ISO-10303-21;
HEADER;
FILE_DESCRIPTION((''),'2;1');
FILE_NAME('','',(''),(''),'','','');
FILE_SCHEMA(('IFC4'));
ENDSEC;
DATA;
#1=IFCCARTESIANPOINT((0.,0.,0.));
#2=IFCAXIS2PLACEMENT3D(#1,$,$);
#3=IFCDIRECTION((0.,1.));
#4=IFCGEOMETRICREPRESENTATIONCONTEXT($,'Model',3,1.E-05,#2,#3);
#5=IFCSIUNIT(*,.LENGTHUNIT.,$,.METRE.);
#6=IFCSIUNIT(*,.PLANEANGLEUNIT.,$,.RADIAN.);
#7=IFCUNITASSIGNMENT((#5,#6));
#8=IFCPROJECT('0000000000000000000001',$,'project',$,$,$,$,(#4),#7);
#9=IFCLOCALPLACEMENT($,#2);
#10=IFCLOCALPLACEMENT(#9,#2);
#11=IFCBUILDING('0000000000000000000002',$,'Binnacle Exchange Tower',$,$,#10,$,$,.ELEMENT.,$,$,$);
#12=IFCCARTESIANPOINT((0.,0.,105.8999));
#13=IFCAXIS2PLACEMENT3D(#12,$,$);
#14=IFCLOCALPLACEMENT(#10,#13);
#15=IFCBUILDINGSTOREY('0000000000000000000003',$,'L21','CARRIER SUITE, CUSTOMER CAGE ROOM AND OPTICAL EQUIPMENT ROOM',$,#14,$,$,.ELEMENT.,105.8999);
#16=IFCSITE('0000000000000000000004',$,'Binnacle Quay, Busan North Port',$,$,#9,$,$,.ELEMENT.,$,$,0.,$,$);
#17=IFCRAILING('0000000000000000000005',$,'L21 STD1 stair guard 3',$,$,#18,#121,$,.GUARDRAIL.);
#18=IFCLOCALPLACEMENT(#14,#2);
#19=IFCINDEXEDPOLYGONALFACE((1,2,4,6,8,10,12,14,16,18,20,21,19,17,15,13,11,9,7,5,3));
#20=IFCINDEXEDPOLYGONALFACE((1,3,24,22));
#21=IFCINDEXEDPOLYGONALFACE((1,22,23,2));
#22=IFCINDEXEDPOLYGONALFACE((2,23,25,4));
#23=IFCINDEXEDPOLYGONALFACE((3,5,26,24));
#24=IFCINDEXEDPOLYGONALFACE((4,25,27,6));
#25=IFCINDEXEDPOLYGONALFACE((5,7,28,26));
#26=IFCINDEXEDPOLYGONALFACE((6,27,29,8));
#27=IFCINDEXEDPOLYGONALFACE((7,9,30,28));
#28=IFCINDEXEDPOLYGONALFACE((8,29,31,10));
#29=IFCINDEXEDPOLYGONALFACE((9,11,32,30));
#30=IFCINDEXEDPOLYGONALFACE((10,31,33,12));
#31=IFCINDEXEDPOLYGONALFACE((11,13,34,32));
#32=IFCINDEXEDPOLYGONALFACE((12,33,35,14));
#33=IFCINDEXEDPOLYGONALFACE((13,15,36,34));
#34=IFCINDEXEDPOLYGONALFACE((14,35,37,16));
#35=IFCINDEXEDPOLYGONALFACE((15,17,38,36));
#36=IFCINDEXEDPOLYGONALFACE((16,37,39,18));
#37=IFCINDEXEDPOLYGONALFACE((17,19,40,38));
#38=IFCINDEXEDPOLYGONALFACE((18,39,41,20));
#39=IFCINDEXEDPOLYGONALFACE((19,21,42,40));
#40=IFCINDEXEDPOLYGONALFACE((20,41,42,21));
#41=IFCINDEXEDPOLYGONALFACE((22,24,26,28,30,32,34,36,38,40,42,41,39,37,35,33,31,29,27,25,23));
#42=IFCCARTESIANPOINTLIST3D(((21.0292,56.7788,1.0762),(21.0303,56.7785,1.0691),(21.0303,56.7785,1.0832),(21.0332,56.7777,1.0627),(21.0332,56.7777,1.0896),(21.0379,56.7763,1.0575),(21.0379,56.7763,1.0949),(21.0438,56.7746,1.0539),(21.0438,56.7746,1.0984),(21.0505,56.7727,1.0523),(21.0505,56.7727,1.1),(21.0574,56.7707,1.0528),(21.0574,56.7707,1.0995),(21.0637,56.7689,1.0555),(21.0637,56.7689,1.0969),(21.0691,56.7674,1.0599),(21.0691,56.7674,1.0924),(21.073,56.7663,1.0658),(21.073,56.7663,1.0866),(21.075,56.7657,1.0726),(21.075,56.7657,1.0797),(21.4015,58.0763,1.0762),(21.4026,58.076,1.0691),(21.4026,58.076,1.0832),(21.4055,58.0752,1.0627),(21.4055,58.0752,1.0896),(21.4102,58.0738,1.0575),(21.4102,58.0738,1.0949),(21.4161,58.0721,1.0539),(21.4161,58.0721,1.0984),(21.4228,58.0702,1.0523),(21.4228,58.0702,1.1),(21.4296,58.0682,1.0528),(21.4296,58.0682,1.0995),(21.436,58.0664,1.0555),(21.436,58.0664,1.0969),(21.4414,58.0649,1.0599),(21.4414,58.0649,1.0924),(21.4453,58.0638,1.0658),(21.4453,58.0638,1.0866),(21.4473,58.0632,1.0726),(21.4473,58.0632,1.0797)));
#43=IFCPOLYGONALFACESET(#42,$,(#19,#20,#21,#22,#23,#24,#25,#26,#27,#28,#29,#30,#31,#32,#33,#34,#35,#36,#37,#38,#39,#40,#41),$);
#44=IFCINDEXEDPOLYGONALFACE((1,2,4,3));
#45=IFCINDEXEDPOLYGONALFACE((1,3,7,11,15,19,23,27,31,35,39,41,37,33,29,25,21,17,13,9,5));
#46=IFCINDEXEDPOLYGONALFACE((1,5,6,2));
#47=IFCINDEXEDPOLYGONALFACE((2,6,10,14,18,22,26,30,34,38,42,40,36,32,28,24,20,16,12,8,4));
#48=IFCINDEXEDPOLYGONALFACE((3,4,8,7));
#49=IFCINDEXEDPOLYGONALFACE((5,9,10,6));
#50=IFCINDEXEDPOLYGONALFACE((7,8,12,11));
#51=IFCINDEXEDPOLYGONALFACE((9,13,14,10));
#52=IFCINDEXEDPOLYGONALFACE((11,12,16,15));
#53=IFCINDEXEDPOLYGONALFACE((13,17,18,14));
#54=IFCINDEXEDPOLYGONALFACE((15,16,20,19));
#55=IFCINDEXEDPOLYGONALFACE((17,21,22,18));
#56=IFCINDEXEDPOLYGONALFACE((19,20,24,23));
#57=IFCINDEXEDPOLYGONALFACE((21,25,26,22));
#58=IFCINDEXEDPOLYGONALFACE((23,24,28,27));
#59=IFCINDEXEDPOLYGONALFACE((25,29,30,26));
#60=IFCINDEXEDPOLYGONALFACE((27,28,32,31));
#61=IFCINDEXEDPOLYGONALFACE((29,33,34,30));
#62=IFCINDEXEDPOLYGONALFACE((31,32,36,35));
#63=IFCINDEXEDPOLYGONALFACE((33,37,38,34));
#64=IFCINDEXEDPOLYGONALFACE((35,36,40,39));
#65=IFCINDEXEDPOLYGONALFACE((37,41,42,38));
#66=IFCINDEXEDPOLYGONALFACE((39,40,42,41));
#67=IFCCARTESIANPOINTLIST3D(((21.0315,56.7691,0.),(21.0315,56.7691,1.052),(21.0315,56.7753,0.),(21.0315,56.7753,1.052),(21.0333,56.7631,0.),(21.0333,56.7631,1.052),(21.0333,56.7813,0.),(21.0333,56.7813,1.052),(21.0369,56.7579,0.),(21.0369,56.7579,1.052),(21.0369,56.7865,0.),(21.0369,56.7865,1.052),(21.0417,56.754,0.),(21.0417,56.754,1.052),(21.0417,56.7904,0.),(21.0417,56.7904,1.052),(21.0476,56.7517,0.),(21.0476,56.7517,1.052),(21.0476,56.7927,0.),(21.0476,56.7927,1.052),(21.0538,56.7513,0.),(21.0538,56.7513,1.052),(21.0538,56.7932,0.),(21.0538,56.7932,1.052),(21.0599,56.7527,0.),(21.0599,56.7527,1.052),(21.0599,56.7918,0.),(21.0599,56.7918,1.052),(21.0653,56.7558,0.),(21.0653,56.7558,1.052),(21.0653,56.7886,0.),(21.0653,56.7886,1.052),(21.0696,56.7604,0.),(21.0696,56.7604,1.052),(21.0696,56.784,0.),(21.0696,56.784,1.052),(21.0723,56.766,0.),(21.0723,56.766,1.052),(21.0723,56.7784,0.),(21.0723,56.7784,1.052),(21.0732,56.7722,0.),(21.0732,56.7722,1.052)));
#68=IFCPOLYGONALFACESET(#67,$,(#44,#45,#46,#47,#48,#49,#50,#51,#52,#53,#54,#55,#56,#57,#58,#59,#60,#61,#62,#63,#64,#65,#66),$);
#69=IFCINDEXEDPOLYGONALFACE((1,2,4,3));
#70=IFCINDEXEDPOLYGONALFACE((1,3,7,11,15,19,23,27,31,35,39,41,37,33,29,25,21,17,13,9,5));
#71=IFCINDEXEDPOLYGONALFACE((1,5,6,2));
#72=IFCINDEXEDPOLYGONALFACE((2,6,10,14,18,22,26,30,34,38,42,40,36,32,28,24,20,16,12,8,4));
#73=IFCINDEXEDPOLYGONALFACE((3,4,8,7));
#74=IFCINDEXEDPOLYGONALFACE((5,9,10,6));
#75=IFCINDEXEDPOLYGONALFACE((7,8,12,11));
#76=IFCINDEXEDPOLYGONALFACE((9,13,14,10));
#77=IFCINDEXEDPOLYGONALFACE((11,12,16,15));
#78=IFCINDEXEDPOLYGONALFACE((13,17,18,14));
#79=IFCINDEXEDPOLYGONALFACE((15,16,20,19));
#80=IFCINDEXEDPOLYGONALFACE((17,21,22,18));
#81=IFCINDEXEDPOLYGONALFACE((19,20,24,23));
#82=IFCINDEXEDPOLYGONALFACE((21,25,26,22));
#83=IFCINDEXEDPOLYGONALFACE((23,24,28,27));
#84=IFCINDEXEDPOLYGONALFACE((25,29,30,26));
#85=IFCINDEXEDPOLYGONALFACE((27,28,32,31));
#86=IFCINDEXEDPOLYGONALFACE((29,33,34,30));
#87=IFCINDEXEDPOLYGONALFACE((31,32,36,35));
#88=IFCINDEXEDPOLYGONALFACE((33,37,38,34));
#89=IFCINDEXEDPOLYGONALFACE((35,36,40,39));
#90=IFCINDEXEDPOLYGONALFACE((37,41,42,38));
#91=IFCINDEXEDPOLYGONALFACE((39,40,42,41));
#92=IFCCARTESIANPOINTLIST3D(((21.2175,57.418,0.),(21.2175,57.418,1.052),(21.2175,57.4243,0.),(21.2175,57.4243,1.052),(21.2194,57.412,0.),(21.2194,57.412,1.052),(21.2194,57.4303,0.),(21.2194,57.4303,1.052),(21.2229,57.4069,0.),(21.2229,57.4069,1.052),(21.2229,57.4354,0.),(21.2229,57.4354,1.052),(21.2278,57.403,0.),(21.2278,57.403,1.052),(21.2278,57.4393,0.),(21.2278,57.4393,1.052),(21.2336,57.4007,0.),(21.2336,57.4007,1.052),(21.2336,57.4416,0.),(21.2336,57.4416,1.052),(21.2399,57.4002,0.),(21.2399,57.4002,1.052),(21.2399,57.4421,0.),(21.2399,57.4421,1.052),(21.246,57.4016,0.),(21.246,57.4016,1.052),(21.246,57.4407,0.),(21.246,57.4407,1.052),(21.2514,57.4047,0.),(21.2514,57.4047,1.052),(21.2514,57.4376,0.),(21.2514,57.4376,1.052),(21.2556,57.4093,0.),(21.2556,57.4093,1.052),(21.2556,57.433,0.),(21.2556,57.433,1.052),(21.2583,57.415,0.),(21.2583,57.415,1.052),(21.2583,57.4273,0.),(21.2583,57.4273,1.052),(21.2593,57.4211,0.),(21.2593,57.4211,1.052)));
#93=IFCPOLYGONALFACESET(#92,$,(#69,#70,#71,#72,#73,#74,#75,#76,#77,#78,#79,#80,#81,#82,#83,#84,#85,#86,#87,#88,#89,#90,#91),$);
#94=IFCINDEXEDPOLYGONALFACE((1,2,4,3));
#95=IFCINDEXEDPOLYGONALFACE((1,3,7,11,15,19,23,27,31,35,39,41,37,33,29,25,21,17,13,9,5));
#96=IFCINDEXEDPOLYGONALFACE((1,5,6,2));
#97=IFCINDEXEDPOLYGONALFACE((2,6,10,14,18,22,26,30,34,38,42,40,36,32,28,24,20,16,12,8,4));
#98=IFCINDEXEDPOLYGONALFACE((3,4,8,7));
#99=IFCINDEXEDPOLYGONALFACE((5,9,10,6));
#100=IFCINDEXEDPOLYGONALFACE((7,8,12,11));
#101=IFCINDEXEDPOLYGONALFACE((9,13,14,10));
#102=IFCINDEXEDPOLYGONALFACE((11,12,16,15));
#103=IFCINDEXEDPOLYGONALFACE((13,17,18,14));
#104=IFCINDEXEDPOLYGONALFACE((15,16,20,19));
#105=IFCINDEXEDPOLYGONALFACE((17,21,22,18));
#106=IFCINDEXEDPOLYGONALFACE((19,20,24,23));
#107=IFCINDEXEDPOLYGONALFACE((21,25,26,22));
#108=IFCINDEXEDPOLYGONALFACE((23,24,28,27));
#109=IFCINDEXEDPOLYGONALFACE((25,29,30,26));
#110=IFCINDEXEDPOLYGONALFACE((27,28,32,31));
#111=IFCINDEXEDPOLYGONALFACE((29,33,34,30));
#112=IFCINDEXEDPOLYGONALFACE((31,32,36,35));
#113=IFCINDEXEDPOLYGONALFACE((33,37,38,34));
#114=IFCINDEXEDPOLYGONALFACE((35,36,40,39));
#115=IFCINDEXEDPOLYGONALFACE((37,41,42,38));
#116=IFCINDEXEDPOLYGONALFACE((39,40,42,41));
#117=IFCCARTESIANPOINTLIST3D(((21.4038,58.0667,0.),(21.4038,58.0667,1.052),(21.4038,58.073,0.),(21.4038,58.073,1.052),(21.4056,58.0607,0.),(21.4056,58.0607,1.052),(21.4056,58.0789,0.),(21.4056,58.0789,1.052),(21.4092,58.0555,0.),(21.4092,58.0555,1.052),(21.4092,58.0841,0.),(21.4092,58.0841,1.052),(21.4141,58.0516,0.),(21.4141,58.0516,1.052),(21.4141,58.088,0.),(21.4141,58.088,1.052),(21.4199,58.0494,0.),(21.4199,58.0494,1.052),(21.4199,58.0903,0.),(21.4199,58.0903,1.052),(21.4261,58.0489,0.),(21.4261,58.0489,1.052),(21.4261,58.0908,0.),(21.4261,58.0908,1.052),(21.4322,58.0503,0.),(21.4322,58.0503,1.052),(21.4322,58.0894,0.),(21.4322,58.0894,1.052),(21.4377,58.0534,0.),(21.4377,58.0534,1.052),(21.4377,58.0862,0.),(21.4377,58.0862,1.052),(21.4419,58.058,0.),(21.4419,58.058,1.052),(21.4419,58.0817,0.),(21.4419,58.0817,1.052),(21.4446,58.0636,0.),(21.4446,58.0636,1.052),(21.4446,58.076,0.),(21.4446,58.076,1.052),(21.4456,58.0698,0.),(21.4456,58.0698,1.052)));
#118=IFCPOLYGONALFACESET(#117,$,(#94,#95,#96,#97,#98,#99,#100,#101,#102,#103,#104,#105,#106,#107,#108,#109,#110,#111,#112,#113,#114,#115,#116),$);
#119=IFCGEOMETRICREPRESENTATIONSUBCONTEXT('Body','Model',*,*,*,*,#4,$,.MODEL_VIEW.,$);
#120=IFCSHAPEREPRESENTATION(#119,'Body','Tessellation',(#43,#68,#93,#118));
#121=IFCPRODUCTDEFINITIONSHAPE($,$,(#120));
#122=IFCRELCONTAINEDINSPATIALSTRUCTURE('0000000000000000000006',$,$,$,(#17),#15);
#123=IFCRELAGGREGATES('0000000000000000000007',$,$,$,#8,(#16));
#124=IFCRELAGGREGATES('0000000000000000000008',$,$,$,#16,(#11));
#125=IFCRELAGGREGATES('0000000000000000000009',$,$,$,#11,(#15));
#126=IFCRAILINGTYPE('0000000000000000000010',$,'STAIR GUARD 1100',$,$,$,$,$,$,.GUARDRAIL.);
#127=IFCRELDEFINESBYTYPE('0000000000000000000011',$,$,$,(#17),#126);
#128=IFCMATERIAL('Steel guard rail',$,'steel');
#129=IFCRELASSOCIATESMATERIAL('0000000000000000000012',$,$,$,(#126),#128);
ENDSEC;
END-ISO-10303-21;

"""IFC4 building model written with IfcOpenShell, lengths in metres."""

from ifc_helpers import new_model, si_unit, direction, frame, origin, origin_2d, place, context, subcontext, project, spatial, circle, extrude, material, type_object, element, save


model = new_model("IFC4")

# Units and contexts
model_context = context("Model", 3, precision=1e-05, world=origin(), true_north=direction((0.0, 1.0)))
body_context = subcontext(model_context, "Body", "Model", "MODEL_VIEW")
ifc_project = project(units=[si_unit("LENGTHUNIT", "METRE"), si_unit("PLANEANGLEUNIT", "RADIAN")], contexts=[model_context])

# Site, building, storey
site_placement = place(None, origin())
site = spatial("IfcSite", under=ifc_project, at=site_placement, Name="Binnacle Quay, Busan North Port", CompositionType="ELEMENT", RefElevation=0.0)
building_placement = place(site_placement, origin())
building = spatial("IfcBuilding", under=site, at=building_placement, Name="Binnacle Exchange Tower", CompositionType="ELEMENT")
storey_placement = place(building_placement, frame((0.0, 0.0, 105.8999)))
storey = spatial("IfcBuildingStorey", under=building, at=storey_placement, Name="L21", Description="CARRIER SUITE, CUSTOMER CAGE ROOM AND OPTICAL EQUIPMENT ROOM", CompositionType="ELEMENT", Elevation=105.8999)

# Railing
ifc_material_1 = material(Name="Steel guard rail", Category="steel")
railing_type_1 = type_object("IfcRailingType", Name="STAIR GUARD 1100", PredefinedType="GUARDRAIL", material=ifc_material_1)
railing_1_placement = place(storey_placement, frame((21.0522, 56.7722, 0.0)))
element("IfcRailing", 1, at=railing_1_placement, inside=storey, type_object=railing_type_1, Name="L21 STD1 stair guard 3", PredefinedType="GUARDRAIL", context=body_context, shape_type="SweptSolid", body=[
    extrude(circle(Radius=0.0239, at=origin_2d()), frame((0.0, 0.0, 1.0762), z_axis=(0.275796, 0.961216, 0.0), x_axis=(-0.961216, 0.275796, 0.0)), (0.0, 0.0, 1.0), 1.3499),
    extrude(circle(Radius=0.021, at=origin_2d()), origin(), (0.0, 0.0, 1.0), 1.052),
    extrude(circle(Radius=0.021, at=origin_2d()), frame((0.186, 0.6489, 0.0)), (0.0, 0.0, 1.0), 1.052),
    extrude(circle(Radius=0.021, at=origin_2d()), frame((0.3723, 1.2976, 0.0)), (0.0, 0.0, 1.0), 1.052),
])

save(model, "model.ifc")
